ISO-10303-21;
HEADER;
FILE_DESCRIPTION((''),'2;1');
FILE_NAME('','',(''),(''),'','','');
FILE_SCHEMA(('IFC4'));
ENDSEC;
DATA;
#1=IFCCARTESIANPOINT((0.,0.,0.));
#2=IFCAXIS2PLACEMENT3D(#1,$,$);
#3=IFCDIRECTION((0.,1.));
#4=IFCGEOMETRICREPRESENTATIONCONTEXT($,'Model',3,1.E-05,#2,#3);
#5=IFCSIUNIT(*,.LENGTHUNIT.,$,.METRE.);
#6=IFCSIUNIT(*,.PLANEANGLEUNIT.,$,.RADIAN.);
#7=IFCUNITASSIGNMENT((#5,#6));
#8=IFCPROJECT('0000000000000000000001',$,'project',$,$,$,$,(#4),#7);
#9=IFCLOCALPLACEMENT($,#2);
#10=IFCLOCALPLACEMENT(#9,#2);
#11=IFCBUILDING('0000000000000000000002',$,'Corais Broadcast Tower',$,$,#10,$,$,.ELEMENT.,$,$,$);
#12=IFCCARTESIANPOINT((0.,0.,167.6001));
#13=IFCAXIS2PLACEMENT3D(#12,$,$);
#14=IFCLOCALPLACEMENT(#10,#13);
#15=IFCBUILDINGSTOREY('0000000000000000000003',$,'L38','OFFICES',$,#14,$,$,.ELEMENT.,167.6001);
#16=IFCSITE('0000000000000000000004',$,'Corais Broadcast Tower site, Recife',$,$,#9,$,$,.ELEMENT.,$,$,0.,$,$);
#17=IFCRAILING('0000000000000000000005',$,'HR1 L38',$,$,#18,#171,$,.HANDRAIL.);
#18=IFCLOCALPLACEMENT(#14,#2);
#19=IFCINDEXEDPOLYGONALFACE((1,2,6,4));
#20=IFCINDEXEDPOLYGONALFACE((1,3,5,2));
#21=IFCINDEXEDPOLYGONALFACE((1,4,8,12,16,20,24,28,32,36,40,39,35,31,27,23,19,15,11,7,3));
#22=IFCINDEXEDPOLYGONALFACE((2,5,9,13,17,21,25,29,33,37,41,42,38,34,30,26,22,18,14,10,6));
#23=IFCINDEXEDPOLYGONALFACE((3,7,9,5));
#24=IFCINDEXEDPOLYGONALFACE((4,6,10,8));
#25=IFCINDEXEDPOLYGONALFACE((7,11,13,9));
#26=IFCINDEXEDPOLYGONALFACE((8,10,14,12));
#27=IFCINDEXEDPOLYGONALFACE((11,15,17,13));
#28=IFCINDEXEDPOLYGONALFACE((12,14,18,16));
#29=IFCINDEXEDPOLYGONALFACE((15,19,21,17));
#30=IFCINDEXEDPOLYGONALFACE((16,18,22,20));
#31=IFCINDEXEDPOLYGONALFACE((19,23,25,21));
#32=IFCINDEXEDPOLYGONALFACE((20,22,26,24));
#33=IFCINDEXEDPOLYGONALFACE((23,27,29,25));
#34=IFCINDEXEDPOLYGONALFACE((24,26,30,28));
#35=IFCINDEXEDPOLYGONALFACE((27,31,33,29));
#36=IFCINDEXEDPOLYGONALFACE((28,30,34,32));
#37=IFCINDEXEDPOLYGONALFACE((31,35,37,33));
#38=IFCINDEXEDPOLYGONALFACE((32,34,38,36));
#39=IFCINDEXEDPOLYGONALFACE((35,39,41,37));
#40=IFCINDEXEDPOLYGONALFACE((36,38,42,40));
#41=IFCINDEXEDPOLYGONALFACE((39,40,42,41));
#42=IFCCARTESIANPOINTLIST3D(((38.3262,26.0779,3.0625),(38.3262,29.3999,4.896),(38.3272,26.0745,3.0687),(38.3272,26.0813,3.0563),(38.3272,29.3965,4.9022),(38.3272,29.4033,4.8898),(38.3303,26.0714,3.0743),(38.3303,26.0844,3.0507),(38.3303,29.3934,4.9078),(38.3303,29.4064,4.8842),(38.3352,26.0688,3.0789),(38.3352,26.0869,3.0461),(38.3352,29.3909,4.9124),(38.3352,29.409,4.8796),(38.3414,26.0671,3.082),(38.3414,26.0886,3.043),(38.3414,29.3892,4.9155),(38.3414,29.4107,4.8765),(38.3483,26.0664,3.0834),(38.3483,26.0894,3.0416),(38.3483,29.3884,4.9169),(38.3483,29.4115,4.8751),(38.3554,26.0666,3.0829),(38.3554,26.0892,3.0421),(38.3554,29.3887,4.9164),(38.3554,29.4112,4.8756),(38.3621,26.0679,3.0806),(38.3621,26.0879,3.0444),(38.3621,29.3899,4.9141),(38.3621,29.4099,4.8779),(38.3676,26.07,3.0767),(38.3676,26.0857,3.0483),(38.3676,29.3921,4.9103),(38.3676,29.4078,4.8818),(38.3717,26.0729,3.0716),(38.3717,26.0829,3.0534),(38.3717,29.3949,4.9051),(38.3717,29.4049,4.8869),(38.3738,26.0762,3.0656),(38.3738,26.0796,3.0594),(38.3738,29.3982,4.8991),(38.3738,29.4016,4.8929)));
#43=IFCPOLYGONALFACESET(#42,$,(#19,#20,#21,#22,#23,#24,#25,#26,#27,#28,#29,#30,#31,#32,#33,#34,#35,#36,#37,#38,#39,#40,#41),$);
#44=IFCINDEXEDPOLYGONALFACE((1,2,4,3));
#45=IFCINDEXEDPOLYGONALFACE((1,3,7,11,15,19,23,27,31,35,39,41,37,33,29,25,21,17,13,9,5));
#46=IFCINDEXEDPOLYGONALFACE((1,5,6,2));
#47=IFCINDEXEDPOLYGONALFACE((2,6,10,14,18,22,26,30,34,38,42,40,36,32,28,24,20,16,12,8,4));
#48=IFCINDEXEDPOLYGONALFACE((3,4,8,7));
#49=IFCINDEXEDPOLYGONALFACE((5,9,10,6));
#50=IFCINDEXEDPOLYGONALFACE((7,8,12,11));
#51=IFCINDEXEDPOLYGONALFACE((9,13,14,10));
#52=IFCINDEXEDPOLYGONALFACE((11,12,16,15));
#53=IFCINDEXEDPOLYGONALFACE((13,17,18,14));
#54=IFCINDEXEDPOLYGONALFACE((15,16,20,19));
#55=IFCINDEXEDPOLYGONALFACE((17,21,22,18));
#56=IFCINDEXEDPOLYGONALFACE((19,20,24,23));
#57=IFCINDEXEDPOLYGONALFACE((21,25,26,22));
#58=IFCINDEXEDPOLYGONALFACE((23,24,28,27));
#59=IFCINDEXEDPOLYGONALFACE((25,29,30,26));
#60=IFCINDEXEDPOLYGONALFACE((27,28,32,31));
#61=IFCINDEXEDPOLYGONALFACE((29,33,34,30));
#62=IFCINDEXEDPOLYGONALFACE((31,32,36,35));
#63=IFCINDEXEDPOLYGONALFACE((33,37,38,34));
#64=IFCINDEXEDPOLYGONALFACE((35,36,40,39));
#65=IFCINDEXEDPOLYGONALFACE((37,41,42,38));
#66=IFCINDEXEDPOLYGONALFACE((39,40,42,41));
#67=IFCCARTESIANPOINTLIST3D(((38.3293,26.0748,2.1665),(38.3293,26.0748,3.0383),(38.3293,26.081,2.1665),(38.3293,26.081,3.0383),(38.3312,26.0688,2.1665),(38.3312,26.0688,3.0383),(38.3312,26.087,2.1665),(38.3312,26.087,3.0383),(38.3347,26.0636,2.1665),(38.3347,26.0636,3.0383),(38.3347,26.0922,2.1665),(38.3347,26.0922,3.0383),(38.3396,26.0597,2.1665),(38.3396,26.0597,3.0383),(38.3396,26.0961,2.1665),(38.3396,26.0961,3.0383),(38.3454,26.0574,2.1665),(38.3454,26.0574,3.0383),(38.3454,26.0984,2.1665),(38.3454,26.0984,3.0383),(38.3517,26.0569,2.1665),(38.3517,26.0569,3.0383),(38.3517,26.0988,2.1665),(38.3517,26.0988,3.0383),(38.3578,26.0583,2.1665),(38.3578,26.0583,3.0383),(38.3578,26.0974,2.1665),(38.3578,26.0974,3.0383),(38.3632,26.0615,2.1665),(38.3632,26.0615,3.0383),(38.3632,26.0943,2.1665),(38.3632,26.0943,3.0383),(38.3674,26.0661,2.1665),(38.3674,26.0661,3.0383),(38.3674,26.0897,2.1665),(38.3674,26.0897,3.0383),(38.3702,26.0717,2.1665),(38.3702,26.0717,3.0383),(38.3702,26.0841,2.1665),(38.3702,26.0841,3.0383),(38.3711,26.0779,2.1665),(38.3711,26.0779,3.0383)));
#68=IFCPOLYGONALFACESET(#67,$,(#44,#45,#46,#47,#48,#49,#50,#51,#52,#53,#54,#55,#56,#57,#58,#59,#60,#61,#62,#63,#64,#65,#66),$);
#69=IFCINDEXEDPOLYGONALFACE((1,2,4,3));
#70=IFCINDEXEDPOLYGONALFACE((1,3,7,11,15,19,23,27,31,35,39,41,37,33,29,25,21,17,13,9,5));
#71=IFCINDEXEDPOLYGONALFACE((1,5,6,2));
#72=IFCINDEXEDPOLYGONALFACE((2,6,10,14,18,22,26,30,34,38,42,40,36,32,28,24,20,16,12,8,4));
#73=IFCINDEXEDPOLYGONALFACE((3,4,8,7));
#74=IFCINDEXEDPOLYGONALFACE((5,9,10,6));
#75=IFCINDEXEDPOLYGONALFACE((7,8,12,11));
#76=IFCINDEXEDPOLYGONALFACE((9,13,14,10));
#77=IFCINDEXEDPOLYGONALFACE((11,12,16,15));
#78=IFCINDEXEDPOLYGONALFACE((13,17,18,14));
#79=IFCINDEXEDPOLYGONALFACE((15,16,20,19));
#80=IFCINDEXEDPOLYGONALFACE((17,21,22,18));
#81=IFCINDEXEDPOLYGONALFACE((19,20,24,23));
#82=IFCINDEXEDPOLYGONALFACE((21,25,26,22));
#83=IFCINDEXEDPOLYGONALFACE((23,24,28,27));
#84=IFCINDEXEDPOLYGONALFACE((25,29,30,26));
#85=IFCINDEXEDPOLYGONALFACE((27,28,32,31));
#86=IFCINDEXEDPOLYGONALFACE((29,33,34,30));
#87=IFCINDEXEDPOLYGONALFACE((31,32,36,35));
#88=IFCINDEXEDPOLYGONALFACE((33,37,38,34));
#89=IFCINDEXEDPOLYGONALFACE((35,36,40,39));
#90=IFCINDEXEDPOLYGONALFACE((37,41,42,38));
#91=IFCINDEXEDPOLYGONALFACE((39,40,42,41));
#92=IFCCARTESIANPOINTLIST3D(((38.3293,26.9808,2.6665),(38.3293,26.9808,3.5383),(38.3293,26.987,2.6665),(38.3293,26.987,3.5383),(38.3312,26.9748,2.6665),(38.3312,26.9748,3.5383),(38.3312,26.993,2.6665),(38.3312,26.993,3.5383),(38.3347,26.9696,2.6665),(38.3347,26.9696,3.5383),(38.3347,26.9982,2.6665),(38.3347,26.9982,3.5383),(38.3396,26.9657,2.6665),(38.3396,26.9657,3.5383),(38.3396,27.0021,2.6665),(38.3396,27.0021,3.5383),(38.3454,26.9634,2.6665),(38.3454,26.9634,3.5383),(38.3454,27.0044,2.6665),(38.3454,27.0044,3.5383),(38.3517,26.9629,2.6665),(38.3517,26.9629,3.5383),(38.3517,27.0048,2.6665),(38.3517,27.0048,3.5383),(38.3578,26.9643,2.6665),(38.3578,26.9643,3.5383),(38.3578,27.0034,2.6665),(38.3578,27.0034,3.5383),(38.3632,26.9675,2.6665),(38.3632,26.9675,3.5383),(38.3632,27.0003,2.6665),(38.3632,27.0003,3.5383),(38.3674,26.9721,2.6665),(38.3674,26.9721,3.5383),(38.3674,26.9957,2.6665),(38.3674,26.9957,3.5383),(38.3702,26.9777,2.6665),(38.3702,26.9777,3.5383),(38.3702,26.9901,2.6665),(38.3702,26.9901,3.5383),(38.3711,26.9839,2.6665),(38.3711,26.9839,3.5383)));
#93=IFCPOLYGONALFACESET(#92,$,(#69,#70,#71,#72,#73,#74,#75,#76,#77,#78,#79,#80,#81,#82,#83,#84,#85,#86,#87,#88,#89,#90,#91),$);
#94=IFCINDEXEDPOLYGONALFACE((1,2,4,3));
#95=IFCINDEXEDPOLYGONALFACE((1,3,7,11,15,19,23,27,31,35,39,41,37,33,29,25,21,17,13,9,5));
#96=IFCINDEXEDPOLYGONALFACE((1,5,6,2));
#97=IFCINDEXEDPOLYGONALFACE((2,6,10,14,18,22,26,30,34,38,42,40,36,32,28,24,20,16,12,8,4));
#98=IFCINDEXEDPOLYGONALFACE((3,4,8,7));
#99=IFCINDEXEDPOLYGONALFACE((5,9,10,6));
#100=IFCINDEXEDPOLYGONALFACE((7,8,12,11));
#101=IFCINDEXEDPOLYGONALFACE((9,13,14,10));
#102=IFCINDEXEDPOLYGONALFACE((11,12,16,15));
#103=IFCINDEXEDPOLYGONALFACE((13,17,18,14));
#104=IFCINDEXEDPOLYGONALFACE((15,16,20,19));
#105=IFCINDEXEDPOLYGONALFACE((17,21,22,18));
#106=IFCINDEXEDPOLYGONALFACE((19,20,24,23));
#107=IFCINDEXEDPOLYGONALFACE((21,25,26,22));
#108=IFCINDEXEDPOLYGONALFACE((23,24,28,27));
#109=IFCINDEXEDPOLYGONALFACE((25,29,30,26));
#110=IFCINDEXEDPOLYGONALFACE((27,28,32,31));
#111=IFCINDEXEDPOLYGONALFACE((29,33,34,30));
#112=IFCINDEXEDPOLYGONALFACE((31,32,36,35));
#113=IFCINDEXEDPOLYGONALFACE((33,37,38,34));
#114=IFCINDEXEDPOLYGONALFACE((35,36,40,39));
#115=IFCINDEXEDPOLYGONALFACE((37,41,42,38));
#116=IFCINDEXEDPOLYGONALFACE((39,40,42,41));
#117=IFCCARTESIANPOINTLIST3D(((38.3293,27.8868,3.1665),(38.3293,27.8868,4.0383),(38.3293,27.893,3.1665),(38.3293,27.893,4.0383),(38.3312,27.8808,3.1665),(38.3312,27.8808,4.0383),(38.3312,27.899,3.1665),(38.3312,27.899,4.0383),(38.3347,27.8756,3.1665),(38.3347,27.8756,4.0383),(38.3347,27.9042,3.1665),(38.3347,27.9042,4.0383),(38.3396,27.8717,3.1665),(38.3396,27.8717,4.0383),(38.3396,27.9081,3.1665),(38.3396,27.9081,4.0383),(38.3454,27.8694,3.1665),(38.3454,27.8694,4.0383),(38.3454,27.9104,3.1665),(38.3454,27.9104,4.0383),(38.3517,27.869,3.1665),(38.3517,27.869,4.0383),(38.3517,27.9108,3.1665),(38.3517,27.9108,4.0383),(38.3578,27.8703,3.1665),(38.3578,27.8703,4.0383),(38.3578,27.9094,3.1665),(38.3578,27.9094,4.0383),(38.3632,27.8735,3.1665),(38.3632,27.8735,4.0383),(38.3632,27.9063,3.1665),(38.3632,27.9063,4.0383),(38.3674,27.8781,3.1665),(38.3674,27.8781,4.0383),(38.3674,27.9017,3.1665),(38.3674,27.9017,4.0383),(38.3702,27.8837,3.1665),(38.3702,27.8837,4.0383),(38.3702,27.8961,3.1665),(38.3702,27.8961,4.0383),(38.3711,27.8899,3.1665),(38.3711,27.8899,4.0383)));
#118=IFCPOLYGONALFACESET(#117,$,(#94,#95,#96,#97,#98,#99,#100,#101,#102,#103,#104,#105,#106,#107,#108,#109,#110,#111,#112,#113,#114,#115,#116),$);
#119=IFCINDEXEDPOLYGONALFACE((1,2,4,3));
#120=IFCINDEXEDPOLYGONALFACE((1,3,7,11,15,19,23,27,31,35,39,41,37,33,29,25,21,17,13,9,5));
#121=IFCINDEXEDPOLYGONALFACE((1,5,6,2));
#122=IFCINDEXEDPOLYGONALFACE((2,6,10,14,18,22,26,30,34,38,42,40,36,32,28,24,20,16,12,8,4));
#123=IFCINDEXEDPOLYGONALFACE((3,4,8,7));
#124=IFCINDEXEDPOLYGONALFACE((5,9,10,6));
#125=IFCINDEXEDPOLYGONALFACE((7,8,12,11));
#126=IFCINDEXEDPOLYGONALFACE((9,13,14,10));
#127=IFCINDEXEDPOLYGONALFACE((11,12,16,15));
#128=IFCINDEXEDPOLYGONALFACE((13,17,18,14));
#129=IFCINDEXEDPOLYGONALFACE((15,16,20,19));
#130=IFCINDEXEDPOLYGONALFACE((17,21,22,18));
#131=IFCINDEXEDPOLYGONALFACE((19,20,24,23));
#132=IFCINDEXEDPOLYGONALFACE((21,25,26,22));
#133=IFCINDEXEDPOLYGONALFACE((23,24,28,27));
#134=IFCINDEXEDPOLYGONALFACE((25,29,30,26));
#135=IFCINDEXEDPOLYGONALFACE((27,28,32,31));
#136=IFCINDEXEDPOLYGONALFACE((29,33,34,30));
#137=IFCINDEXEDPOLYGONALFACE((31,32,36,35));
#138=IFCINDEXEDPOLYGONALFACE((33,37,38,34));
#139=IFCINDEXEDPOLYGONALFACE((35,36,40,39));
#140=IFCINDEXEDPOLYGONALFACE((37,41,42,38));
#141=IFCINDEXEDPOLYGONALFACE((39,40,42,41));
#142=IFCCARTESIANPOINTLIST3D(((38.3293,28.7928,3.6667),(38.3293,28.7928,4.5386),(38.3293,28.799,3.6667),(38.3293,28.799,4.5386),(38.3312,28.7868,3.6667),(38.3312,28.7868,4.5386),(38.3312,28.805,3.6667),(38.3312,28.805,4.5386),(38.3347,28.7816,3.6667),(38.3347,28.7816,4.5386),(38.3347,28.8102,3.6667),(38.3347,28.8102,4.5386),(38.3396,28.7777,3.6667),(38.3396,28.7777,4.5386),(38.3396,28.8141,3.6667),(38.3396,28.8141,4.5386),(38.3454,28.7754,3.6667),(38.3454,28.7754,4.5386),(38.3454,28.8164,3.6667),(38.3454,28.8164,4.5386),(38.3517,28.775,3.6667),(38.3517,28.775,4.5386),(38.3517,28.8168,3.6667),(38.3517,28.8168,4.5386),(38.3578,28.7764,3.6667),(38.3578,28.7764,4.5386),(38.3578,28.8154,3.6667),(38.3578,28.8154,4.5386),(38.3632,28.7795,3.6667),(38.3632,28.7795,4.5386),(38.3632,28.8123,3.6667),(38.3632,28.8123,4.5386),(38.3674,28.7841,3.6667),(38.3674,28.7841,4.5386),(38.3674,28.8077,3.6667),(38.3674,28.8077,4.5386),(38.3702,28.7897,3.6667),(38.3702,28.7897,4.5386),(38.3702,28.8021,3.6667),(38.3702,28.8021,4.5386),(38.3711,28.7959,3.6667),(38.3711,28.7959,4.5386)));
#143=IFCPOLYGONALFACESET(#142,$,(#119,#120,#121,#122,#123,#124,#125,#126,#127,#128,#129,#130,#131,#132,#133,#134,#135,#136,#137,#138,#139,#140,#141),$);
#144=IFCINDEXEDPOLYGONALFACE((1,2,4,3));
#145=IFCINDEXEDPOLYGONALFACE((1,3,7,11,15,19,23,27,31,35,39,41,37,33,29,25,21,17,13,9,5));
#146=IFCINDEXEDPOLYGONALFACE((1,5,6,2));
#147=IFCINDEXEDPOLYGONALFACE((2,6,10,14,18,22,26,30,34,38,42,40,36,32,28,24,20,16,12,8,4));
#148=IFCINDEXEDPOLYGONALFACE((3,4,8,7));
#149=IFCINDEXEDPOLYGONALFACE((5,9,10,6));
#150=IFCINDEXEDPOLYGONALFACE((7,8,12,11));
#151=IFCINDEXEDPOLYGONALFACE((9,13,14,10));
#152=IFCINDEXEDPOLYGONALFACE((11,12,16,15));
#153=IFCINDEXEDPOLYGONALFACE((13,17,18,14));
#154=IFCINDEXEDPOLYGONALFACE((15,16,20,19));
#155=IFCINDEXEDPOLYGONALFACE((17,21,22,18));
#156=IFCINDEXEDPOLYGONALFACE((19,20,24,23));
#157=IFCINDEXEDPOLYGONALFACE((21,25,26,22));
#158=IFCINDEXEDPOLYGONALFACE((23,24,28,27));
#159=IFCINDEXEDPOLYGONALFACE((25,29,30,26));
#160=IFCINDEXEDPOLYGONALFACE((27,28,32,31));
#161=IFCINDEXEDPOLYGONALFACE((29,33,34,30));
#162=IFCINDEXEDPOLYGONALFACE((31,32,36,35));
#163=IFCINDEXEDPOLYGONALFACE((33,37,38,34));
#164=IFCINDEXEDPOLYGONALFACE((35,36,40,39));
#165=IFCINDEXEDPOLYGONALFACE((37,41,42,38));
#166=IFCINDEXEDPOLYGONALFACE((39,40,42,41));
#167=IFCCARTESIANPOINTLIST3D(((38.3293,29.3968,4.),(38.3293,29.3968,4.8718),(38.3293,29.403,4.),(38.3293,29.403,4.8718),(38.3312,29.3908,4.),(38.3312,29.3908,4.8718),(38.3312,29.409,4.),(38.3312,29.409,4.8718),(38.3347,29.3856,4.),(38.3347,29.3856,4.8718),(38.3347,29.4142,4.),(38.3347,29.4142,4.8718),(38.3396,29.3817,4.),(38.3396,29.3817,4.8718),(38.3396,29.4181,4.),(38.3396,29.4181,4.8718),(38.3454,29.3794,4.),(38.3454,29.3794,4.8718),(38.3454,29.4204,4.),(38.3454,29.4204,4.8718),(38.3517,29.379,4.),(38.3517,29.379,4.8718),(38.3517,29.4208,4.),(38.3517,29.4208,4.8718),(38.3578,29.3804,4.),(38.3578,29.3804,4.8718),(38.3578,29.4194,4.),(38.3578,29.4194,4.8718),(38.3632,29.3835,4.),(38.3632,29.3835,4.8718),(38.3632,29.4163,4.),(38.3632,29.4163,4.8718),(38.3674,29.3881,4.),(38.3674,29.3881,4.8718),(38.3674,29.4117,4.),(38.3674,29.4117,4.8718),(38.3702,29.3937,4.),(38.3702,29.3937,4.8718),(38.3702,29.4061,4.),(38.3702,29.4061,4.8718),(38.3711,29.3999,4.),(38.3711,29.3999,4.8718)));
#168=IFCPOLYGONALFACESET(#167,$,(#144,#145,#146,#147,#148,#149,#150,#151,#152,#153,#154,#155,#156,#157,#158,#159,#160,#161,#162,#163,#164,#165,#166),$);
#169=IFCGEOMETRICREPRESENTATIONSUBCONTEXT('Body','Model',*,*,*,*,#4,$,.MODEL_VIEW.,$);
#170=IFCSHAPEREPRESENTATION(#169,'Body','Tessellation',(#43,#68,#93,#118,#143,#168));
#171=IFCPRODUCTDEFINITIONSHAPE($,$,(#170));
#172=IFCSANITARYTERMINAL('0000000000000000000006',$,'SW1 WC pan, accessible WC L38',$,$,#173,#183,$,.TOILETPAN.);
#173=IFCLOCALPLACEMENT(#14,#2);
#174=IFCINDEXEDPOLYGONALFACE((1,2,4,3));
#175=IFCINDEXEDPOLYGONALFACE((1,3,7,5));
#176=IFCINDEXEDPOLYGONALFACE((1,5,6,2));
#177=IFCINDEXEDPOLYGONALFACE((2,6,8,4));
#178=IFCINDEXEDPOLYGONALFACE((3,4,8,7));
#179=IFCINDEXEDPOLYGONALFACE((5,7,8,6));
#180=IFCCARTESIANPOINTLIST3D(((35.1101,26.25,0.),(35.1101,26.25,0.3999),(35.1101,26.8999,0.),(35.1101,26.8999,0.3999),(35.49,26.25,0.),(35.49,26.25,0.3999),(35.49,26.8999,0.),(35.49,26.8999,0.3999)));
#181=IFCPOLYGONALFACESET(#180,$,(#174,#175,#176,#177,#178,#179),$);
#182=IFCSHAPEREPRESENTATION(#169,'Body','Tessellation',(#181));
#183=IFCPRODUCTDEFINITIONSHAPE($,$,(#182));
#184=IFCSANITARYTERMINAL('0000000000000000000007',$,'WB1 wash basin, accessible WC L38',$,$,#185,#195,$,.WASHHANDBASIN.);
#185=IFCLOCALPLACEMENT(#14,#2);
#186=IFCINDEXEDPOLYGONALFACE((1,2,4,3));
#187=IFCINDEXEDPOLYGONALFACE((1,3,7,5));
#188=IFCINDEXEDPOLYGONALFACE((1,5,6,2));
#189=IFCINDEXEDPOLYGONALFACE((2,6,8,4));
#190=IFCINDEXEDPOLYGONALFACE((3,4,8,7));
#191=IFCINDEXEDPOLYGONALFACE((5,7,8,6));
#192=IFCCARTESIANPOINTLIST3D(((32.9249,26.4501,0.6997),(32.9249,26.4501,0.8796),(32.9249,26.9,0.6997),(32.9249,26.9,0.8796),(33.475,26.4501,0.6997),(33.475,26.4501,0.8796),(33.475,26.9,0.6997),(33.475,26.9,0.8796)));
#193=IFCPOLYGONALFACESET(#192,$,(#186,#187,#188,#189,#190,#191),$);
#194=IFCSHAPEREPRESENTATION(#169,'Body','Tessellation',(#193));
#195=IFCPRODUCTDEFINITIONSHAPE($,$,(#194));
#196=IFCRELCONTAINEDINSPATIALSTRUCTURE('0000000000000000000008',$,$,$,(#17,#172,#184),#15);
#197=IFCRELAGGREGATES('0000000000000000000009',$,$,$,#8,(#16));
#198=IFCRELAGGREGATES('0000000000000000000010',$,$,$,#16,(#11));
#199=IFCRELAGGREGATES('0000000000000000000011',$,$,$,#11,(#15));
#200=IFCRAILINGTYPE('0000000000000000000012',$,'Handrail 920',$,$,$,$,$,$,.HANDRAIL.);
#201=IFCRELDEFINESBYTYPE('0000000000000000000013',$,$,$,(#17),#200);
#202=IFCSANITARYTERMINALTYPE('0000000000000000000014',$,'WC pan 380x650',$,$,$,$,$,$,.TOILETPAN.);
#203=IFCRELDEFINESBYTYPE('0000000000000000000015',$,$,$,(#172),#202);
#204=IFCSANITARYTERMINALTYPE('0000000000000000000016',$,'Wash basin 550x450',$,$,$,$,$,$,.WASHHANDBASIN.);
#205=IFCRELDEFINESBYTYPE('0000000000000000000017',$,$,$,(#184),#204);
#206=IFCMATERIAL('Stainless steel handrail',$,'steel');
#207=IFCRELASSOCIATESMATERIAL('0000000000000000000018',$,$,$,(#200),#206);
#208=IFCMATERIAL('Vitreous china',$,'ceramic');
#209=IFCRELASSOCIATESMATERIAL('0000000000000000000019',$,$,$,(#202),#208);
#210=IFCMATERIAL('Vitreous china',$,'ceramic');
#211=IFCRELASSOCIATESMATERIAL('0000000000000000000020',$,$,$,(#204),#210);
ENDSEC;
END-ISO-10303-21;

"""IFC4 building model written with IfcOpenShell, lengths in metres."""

from ifc_helpers import new_model, si_unit, direction, frame, origin, origin_2d, place, context, subcontext, project, spatial, rectangle, circle, extrude, material, type_object, element, save


model = new_model("IFC4")

# Units and contexts
model_context = context("Model", 3, precision=1e-05, world=origin(), true_north=direction((0.0, 1.0)))
body_context = subcontext(model_context, "Body", "Model", "MODEL_VIEW")
ifc_project = project(units=[si_unit("LENGTHUNIT", "METRE"), si_unit("PLANEANGLEUNIT", "RADIAN")], contexts=[model_context])

# Site, building, storey
site_placement = place(None, origin())
site = spatial("IfcSite", under=ifc_project, at=site_placement, Name="Corais Broadcast Tower site, Recife", CompositionType="ELEMENT", RefElevation=0.0)
building_placement = place(site_placement, origin())
building = spatial("IfcBuilding", under=site, at=building_placement, Name="Corais Broadcast Tower", CompositionType="ELEMENT")
storey_placement = place(building_placement, frame((0.0, 0.0, 167.6001)))
storey = spatial("IfcBuildingStorey", under=building, at=storey_placement, Name="L38", Description="OFFICES", CompositionType="ELEMENT", Elevation=167.6001)

# Railing
ifc_material_1 = material(Name="Stainless steel handrail", Category="steel")
railing_type = type_object("IfcRailingType", Name="Handrail 920", PredefinedType="HANDRAIL", material=ifc_material_1)
for number, where, name in (
    (1, (38.3501, 26.0779, 2.1665), "HR1 L38"),
):
    element("IfcRailing", number, at=place(storey_placement, frame(where)), inside=storey, type_object=railing_type, Name=name, PredefinedType="HANDRAIL", context=body_context, shape_type="SweptSolid", body=[
        extrude(circle(Radius=0.0239, at=origin_2d()), frame((0.0, 0.0, 0.896), z_axis=(0.0, 0.875504, 0.48321), x_axis=(-1.0, 0.0, 0.0)), (0.0, 0.0, 1.0), 3.7944),
        extrude(circle(Radius=0.021, at=origin_2d()), origin(), (0.0, 0.0, 1.0), 0.8718),
        extrude(circle(Radius=0.021, at=origin_2d()), frame((0.0, 0.906, 0.5)), (0.0, 0.0, 1.0), 0.8718),
        extrude(circle(Radius=0.021, at=origin_2d()), frame((0.0, 1.812, 1.0)), (0.0, 0.0, 1.0), 0.8718),
        extrude(circle(Radius=0.021, at=origin_2d()), frame((0.0, 2.718, 1.5002)), (0.0, 0.0, 1.0), 0.8718),
        extrude(circle(Radius=0.021, at=origin_2d()), frame((0.0, 3.322, 1.8335)), (0.0, 0.0, 1.0), 0.8718),
    ])

# Sanitary terminals
ifc_material_2 = material(Name="Vitreous china", Category="ceramic")
sanitary_terminal_type_1 = type_object("IfcSanitaryTerminalType", Name="WC pan 380x650", PredefinedType="TOILETPAN", material=ifc_material_2)
sanitary_terminal_1_placement = place(storey_placement, frame((35.3, 26.575, 0.0), z_axis=(0.0, 0.0, 1.0), x_axis=(1.0, 0.0, 0.0)))
element("IfcSanitaryTerminal", 2, at=sanitary_terminal_1_placement, inside=storey, type_object=sanitary_terminal_type_1, Name="SW1 WC pan, accessible WC L38", PredefinedType="TOILETPAN", context=body_context, shape_type="SweptSolid", body=[
    extrude(rectangle(XDim=0.3799, YDim=0.6499, at=origin_2d()), origin(), (0.0, 0.0, 1.0), 0.3999),
])
ifc_material_3 = material(Name="Vitreous china", Category="ceramic")
sanitary_terminal_type_2 = type_object("IfcSanitaryTerminalType", Name="Wash basin 550x450", PredefinedType="WASHHANDBASIN", material=ifc_material_3)
sanitary_terminal_2_placement = place(storey_placement, frame((33.2, 26.675, 0.6997), z_axis=(0.0, 0.0, 1.0), x_axis=(1.0, 0.0, 0.0)))
element("IfcSanitaryTerminal", 3, at=sanitary_terminal_2_placement, inside=storey, type_object=sanitary_terminal_type_2, Name="WB1 wash basin, accessible WC L38", PredefinedType="WASHHANDBASIN", context=body_context, shape_type="SweptSolid", body=[
    extrude(rectangle(XDim=0.55, YDim=0.45, at=origin_2d()), origin(), (0.0, 0.0, 1.0), 0.1799),
])

save(model, "model.ifc")
